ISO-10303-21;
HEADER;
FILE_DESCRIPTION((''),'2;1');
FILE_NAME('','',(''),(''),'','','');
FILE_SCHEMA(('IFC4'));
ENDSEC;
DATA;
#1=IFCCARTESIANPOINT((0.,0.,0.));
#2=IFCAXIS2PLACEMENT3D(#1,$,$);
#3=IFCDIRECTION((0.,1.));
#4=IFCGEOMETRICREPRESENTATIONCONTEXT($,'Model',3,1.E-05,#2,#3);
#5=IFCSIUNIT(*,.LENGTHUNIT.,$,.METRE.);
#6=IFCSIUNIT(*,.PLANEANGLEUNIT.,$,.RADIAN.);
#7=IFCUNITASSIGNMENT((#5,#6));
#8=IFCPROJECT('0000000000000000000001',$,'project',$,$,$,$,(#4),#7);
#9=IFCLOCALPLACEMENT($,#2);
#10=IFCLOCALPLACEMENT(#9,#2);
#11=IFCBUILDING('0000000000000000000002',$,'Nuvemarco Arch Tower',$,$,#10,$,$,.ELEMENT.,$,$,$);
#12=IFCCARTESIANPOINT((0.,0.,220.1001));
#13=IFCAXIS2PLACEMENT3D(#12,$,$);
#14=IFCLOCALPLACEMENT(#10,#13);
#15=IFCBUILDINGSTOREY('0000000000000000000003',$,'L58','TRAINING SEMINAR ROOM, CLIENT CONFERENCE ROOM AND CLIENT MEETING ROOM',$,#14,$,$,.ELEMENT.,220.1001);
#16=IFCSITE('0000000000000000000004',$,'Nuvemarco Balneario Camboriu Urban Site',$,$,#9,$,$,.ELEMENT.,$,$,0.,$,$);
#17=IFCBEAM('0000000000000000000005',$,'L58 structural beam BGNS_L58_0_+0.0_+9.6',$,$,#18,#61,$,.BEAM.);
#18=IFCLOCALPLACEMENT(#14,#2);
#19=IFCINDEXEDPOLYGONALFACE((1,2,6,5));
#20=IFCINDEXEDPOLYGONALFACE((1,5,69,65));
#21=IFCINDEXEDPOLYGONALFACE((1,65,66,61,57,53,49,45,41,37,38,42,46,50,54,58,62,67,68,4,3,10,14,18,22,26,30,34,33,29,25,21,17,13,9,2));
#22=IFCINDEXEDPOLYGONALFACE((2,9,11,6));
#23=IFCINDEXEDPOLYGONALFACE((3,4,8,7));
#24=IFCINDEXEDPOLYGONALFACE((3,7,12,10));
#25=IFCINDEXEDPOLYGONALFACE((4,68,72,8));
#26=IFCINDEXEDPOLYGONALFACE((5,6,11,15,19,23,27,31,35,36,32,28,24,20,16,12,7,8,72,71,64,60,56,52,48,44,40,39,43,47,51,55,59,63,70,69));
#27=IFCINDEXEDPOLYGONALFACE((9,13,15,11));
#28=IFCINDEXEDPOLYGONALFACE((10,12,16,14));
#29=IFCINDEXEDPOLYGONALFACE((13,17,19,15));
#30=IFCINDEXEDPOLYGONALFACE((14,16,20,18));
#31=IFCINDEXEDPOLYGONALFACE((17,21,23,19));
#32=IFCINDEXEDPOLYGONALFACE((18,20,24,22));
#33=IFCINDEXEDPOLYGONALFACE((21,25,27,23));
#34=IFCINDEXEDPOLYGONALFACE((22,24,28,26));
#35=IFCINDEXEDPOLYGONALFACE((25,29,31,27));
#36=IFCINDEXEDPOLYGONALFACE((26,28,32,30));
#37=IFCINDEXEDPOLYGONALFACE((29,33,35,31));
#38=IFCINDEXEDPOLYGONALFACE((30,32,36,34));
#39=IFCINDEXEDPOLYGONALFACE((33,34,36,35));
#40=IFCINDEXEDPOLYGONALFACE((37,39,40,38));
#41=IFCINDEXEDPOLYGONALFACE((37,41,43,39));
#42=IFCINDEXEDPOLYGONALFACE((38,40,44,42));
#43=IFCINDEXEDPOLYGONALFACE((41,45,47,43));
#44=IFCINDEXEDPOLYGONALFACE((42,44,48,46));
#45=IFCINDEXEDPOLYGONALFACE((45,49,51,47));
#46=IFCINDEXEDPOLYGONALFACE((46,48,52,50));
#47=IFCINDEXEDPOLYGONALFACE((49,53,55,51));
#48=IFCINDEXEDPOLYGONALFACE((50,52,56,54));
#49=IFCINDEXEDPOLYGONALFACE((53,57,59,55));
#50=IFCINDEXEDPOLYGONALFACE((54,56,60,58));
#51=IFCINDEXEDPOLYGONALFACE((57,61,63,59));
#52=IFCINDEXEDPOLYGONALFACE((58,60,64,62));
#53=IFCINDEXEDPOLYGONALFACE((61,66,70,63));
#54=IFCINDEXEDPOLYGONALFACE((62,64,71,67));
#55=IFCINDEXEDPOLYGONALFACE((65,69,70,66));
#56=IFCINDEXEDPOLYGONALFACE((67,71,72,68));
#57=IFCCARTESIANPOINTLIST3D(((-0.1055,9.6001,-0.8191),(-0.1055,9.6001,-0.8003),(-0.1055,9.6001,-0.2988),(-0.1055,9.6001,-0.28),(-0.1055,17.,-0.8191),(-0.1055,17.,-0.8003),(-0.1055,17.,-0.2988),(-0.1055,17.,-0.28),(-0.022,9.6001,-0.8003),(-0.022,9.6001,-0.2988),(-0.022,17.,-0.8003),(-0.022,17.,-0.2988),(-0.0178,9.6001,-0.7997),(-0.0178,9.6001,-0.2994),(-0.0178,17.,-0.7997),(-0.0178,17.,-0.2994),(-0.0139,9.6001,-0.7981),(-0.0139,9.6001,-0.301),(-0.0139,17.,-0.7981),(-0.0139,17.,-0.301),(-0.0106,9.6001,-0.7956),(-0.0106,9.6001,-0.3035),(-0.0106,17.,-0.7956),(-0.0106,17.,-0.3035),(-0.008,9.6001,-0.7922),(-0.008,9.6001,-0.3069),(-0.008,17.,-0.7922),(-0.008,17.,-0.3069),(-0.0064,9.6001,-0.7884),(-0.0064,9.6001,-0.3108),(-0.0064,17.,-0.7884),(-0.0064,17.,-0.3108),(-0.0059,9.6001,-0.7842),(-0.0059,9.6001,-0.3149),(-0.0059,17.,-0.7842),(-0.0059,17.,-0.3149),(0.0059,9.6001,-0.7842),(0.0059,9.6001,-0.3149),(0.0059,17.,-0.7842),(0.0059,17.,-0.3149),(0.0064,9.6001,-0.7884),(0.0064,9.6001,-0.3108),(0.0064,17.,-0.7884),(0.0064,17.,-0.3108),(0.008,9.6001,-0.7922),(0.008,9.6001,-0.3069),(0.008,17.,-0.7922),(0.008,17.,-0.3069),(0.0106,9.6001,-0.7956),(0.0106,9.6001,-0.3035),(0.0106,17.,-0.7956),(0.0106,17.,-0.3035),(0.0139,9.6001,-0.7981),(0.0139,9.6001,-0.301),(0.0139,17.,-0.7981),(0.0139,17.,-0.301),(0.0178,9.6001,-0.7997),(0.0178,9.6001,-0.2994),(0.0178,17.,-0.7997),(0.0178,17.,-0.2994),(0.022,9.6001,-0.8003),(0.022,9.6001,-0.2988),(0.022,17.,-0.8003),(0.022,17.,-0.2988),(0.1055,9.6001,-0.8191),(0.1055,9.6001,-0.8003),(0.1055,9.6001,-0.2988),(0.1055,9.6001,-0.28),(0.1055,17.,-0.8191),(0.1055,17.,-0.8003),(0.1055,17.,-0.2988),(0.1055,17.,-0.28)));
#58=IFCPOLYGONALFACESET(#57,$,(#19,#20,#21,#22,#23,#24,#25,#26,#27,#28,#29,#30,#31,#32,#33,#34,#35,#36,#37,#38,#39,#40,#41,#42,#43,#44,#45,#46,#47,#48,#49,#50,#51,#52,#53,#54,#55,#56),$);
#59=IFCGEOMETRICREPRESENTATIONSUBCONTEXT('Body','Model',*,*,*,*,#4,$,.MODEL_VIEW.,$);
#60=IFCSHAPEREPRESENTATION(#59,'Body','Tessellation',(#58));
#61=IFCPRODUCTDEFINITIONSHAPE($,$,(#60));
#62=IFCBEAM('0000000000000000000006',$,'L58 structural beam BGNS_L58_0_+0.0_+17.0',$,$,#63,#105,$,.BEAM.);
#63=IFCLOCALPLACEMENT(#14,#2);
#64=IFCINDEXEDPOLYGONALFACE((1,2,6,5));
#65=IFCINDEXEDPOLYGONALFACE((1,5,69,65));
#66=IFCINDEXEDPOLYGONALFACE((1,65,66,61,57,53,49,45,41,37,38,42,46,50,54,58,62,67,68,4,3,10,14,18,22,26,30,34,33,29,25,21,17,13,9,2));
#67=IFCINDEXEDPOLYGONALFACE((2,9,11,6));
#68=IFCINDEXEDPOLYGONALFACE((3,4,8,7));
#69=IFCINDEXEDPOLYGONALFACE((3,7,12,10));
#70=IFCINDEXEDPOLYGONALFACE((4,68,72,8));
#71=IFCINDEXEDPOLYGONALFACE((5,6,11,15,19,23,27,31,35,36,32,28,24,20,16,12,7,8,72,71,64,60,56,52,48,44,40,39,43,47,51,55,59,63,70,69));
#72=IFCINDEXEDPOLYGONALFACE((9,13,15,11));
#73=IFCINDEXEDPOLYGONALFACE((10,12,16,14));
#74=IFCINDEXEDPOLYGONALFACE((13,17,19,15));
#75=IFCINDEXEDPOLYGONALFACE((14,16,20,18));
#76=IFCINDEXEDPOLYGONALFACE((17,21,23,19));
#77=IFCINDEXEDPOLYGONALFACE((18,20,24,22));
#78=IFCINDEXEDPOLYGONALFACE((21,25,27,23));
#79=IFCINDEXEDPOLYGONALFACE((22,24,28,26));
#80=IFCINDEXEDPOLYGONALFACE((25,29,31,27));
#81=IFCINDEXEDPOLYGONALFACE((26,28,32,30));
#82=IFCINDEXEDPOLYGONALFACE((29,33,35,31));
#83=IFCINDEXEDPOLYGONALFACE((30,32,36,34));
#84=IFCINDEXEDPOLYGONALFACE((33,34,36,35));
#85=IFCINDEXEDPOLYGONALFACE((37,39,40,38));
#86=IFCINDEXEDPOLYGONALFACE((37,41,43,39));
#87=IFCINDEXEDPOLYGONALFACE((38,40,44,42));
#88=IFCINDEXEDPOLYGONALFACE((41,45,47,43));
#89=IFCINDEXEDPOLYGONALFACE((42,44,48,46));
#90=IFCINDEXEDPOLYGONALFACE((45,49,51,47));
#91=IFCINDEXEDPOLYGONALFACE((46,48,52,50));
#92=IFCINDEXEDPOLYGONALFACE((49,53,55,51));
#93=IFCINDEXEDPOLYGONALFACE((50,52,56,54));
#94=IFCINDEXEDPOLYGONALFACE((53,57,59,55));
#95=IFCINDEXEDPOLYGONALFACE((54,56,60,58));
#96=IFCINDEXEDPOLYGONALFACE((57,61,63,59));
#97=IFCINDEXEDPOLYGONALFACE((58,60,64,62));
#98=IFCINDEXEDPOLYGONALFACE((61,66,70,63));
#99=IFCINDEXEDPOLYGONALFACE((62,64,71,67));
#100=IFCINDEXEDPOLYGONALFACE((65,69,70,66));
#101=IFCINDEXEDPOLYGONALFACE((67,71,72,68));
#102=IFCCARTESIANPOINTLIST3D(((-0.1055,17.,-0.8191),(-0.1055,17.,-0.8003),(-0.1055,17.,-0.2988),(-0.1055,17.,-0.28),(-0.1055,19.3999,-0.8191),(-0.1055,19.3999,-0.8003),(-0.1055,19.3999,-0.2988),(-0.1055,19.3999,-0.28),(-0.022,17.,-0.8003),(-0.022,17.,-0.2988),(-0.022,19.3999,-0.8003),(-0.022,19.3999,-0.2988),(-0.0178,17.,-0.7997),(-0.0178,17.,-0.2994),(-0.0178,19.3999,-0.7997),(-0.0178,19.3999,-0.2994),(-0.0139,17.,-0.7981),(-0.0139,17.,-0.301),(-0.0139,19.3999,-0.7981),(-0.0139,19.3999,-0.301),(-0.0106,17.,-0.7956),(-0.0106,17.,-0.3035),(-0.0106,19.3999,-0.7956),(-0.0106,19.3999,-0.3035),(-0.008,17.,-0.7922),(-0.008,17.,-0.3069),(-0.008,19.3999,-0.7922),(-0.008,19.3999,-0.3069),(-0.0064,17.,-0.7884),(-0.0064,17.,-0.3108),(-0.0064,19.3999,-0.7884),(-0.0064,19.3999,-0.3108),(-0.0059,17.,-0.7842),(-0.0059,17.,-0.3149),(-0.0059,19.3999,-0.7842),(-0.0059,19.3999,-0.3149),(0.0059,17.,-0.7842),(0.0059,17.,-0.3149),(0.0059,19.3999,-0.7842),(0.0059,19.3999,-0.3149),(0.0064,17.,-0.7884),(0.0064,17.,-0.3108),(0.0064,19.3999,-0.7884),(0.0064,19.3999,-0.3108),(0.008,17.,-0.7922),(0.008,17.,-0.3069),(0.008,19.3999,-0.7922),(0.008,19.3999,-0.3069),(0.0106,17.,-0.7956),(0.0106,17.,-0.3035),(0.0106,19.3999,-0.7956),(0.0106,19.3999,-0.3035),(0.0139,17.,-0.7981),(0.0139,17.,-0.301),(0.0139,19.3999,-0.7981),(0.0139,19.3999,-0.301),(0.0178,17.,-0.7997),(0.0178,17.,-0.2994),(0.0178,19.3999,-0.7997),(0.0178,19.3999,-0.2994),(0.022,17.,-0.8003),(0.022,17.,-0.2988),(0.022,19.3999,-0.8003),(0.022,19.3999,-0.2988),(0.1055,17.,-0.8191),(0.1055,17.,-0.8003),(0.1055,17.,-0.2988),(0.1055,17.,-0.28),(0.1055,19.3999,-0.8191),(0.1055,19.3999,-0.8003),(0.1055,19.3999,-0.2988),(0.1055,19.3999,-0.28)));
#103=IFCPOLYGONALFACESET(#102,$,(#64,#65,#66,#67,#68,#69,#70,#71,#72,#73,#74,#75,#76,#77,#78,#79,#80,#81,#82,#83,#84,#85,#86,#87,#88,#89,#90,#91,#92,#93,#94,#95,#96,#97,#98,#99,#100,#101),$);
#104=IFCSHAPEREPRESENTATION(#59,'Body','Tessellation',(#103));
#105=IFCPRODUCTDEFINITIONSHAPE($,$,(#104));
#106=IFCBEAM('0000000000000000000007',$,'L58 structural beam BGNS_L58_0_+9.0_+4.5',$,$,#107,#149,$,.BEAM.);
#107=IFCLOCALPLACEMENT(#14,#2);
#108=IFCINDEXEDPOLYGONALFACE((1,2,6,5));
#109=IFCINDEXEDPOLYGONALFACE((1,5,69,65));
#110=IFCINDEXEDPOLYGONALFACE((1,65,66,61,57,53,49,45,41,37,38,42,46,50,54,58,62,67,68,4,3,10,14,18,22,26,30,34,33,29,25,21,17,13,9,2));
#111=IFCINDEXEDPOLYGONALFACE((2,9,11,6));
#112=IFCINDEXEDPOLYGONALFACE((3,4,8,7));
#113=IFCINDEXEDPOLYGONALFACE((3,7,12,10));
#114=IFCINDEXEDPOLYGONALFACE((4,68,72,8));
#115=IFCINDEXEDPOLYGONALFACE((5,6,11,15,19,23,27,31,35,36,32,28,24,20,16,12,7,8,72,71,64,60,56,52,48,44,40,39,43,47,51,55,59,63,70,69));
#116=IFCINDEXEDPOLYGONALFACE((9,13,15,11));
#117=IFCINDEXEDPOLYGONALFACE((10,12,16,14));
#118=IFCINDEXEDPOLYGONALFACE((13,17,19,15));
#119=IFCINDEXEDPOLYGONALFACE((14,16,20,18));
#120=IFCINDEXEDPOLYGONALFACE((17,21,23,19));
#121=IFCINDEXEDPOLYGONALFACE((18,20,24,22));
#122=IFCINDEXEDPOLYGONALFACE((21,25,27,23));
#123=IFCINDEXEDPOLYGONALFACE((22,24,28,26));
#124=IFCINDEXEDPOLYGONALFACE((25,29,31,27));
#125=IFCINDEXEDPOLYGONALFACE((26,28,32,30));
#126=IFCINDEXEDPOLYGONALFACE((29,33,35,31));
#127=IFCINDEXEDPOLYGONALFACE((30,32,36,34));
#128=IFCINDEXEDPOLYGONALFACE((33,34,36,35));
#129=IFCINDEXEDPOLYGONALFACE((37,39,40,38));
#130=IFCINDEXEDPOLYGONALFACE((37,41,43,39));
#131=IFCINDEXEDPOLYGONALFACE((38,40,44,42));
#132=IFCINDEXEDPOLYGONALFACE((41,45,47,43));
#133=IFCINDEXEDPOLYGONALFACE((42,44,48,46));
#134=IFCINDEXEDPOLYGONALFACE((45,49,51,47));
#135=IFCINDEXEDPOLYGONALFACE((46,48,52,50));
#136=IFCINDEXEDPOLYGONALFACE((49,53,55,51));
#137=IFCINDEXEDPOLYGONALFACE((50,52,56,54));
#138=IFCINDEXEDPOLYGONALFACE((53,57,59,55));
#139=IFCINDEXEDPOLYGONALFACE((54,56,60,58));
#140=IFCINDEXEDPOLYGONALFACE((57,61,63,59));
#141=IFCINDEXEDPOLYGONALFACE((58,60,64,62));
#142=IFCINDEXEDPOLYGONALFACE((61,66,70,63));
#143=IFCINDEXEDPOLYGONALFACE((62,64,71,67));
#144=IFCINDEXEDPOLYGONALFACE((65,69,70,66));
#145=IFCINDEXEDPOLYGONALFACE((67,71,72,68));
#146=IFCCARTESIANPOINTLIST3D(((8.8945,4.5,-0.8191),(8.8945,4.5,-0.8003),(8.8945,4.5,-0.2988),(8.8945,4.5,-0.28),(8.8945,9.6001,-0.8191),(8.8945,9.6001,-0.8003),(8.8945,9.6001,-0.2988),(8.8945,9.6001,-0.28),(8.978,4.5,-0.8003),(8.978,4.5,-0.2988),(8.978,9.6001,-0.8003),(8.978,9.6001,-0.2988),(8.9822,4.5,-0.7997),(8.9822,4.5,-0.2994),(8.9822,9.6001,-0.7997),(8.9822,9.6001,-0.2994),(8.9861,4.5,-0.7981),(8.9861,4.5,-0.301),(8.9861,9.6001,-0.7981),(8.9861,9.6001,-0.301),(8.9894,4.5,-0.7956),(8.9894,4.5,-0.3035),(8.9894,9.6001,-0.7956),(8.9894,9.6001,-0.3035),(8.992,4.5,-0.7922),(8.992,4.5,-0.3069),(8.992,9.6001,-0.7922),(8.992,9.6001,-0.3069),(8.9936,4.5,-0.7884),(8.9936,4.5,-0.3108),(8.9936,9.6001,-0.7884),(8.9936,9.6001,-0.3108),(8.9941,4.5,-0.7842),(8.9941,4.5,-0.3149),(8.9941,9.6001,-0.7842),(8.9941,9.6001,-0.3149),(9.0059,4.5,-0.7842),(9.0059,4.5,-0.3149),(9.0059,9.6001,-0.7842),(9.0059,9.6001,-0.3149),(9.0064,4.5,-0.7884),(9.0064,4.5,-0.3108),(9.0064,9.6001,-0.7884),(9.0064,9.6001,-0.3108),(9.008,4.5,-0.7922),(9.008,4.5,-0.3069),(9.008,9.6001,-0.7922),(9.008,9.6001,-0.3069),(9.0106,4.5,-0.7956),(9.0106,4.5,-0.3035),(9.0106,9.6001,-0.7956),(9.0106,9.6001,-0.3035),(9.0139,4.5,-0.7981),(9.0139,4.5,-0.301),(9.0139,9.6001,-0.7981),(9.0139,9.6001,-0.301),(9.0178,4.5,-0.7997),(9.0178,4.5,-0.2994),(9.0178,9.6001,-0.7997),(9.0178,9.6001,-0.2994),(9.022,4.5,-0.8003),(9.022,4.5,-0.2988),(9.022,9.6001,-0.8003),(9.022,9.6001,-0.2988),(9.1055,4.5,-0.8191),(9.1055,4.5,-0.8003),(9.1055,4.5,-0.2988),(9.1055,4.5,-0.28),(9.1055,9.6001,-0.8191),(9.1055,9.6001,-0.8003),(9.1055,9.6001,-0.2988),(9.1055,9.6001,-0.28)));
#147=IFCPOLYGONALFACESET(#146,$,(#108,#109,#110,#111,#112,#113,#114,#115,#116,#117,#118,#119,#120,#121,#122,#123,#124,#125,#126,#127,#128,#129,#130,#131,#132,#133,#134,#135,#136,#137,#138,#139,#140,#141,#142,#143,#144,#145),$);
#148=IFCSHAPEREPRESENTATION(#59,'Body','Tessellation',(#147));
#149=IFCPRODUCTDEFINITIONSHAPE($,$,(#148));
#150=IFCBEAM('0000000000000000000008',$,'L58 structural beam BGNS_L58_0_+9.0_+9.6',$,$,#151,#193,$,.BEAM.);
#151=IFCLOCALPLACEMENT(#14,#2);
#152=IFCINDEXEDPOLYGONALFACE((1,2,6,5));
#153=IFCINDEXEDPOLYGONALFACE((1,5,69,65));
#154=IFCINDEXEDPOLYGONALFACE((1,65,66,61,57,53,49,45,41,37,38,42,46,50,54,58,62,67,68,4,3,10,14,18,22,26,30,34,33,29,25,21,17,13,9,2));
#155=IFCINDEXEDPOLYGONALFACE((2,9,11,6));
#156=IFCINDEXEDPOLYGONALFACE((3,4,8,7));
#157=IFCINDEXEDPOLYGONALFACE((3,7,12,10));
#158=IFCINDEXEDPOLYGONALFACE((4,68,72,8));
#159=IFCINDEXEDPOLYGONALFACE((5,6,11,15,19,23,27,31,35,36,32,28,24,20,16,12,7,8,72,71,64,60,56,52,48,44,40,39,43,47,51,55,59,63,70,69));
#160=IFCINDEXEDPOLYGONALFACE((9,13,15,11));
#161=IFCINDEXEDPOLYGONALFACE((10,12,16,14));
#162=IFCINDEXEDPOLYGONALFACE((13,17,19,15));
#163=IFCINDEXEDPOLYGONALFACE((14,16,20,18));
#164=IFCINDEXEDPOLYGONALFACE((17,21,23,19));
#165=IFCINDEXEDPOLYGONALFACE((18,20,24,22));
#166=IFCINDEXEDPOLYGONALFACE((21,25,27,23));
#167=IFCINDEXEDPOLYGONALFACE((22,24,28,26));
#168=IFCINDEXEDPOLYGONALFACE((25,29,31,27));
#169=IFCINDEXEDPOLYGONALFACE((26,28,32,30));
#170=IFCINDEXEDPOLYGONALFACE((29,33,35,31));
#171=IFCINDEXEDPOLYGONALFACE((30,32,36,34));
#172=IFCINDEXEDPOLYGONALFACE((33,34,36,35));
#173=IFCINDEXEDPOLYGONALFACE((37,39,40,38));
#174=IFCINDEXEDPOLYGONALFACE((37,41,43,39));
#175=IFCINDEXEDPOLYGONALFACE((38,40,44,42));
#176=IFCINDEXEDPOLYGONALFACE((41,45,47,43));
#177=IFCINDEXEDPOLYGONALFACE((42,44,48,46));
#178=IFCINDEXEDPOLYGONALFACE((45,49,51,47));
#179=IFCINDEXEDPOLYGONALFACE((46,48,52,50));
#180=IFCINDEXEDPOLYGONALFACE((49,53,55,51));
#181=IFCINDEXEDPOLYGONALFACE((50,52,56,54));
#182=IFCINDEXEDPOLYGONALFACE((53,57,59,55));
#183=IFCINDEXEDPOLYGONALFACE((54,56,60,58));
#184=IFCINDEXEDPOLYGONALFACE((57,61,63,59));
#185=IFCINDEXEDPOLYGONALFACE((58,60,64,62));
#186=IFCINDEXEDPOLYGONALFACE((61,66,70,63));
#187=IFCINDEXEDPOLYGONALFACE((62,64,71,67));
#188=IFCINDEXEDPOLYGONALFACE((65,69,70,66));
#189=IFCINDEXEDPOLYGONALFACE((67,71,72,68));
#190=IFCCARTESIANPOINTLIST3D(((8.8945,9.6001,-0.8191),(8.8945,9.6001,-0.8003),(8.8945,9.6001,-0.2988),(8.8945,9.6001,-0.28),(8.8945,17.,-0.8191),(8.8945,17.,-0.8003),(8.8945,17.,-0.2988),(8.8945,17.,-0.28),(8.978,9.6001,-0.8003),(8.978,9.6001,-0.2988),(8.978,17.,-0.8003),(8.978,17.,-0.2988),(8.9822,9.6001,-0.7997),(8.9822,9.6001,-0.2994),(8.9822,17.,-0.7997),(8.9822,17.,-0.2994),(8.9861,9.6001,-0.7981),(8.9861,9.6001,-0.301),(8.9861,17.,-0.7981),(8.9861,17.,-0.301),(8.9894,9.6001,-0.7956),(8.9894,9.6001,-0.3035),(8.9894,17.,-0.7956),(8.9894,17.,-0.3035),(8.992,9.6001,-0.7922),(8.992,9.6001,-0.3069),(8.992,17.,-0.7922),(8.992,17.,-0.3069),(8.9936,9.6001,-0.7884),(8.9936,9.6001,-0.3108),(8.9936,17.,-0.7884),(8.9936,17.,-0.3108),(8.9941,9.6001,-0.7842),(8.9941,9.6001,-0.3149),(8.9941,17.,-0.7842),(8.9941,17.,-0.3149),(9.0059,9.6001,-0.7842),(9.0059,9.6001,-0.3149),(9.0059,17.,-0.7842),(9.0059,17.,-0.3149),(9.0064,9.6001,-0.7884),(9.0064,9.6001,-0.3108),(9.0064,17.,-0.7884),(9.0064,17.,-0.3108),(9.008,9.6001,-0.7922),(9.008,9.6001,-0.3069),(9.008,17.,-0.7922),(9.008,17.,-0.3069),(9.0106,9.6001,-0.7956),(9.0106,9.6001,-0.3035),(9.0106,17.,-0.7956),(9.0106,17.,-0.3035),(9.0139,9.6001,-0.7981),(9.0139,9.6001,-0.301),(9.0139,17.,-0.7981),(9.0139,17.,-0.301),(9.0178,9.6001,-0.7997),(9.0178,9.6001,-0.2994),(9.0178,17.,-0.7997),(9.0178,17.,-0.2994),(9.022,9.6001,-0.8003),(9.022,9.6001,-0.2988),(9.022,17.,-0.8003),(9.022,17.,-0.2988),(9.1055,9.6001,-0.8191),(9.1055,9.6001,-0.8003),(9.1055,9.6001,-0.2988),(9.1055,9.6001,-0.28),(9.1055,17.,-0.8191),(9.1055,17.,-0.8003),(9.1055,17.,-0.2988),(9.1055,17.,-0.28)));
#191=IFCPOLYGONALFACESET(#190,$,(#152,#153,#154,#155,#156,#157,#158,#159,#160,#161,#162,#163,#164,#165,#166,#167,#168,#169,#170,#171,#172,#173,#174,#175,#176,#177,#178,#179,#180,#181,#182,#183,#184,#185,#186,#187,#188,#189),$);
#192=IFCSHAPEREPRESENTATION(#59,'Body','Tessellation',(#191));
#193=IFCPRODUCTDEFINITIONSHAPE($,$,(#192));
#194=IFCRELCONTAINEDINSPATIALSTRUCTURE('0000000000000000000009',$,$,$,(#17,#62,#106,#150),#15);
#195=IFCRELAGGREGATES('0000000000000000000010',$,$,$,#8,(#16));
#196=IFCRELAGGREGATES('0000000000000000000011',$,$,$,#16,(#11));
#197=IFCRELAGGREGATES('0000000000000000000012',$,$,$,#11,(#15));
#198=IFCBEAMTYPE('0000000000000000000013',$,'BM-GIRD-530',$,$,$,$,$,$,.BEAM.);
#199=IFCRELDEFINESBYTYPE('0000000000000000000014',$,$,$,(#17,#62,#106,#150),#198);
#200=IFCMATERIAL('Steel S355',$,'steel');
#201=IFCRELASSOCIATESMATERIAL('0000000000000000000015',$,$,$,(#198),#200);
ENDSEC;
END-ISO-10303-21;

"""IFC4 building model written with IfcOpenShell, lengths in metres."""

from ifc_helpers import new_model, si_unit, direction, frame, origin, origin_2d, place, context, subcontext, project, spatial, i_section, extrude, material, material_profile, profile_set, type_object, element, save


model = new_model("IFC4")

# Units and contexts
model_context = context("Model", 3, precision=1e-05, world=origin(), true_north=direction((0.0, 1.0)))
body_context = subcontext(model_context, "Body", "Model", "MODEL_VIEW")
ifc_project = project(units=[si_unit("LENGTHUNIT", "METRE"), si_unit("PLANEANGLEUNIT", "RADIAN")], contexts=[model_context])

# Site, building, storey
site_placement = place(None, origin())
site = spatial("IfcSite", under=ifc_project, at=site_placement, Name="Nuvemarco Balneario Camboriu Urban Site", CompositionType="ELEMENT", RefElevation=0.0)
building_placement = place(site_placement, origin())
building = spatial("IfcBuilding", under=site, at=building_placement, Name="Nuvemarco Arch Tower", CompositionType="ELEMENT")
storey_placement = place(building_placement, frame((0.0, 0.0, 220.1001)))
storey = spatial("IfcBuildingStorey", under=building, at=storey_placement, Name="L58", Description="TRAINING SEMINAR ROOM, CLIENT CONFERENCE ROOM AND CLIENT MEETING ROOM", CompositionType="ELEMENT", Elevation=220.1001)

# Shared definitions
ifc_material_1 = material(Name="Steel S355", Category="steel")

# Beams
ifc_material_profile_1 = material_profile(ifc_material_1, i_section(OverallWidth=0.2109, OverallDepth=0.5391, WebThickness=0.0117, FlangeThickness=0.0188, FilletRadius=0.0161, at=origin_2d()), Name="W530x109")
ifc_profile_set_1 = profile_set([ifc_material_profile_1], Name="Steel S355")
beam_type_1 = type_object("IfcBeamType", Name="BM-GIRD-530", PredefinedType="BEAM", material=ifc_profile_set_1)
beam_1_placement = place(storey_placement, frame((0.0, 9.6001, -0.5496), z_axis=(0.0, 1.0, 0.0), x_axis=(-1.0, 0.0, 0.0)))
element("IfcBeam", 1, at=beam_1_placement, inside=storey, type_object=beam_type_1, Name="L58 structural beam BGNS_L58_0_+0.0_+9.6", PredefinedType="BEAM", context=body_context, shape_type="SweptSolid", body=[
    extrude(i_section(OverallWidth=0.2109, OverallDepth=0.5391, WebThickness=0.0117, FlangeThickness=0.0188, FilletRadius=0.0161, at=origin_2d()), origin(), (0.0, 0.0, 1.0), 7.3999),
])
beam_2_placement = place(storey_placement, frame((0.0, 17.0, -0.5496), z_axis=(0.0, 1.0, 0.0), x_axis=(-1.0, 0.0, 0.0)))
element("IfcBeam", 2, at=beam_2_placement, inside=storey, type_object=beam_type_1, Name="L58 structural beam BGNS_L58_0_+0.0_+17.0", PredefinedType="BEAM", context=body_context, shape_type="SweptSolid", body=[
    extrude(i_section(OverallWidth=0.2109, OverallDepth=0.5391, WebThickness=0.0117, FlangeThickness=0.0188, FilletRadius=0.0161, at=origin_2d()), origin(), (0.0, 0.0, 1.0), 2.3999),
])
beam_3_placement = place(storey_placement, frame((9.0, 4.5, -0.5496), z_axis=(0.0, 1.0, 0.0), x_axis=(-1.0, 0.0, 0.0)))
element("IfcBeam", 3, at=beam_3_placement, inside=storey, type_object=beam_type_1, Name="L58 structural beam BGNS_L58_0_+9.0_+4.5", PredefinedType="BEAM", context=body_context, shape_type="SweptSolid", body=[
    extrude(i_section(OverallWidth=0.2109, OverallDepth=0.5391, WebThickness=0.0117, FlangeThickness=0.0188, FilletRadius=0.0161, at=origin_2d()), origin(), (0.0, 0.0, 1.0), 5.1001),
])
beam_4_placement = place(storey_placement, frame((9.0, 9.6001, -0.5496), z_axis=(0.0, 1.0, 0.0), x_axis=(-1.0, 0.0, 0.0)))
element("IfcBeam", 4, at=beam_4_placement, inside=storey, type_object=beam_type_1, Name="L58 structural beam BGNS_L58_0_+9.0_+9.6", PredefinedType="BEAM", context=body_context, shape_type="SweptSolid", body=[
    extrude(i_section(OverallWidth=0.2109, OverallDepth=0.5391, WebThickness=0.0117, FlangeThickness=0.0188, FilletRadius=0.0161, at=origin_2d()), origin(), (0.0, 0.0, 1.0), 7.3999),
])

save(model, "model.ifc")
